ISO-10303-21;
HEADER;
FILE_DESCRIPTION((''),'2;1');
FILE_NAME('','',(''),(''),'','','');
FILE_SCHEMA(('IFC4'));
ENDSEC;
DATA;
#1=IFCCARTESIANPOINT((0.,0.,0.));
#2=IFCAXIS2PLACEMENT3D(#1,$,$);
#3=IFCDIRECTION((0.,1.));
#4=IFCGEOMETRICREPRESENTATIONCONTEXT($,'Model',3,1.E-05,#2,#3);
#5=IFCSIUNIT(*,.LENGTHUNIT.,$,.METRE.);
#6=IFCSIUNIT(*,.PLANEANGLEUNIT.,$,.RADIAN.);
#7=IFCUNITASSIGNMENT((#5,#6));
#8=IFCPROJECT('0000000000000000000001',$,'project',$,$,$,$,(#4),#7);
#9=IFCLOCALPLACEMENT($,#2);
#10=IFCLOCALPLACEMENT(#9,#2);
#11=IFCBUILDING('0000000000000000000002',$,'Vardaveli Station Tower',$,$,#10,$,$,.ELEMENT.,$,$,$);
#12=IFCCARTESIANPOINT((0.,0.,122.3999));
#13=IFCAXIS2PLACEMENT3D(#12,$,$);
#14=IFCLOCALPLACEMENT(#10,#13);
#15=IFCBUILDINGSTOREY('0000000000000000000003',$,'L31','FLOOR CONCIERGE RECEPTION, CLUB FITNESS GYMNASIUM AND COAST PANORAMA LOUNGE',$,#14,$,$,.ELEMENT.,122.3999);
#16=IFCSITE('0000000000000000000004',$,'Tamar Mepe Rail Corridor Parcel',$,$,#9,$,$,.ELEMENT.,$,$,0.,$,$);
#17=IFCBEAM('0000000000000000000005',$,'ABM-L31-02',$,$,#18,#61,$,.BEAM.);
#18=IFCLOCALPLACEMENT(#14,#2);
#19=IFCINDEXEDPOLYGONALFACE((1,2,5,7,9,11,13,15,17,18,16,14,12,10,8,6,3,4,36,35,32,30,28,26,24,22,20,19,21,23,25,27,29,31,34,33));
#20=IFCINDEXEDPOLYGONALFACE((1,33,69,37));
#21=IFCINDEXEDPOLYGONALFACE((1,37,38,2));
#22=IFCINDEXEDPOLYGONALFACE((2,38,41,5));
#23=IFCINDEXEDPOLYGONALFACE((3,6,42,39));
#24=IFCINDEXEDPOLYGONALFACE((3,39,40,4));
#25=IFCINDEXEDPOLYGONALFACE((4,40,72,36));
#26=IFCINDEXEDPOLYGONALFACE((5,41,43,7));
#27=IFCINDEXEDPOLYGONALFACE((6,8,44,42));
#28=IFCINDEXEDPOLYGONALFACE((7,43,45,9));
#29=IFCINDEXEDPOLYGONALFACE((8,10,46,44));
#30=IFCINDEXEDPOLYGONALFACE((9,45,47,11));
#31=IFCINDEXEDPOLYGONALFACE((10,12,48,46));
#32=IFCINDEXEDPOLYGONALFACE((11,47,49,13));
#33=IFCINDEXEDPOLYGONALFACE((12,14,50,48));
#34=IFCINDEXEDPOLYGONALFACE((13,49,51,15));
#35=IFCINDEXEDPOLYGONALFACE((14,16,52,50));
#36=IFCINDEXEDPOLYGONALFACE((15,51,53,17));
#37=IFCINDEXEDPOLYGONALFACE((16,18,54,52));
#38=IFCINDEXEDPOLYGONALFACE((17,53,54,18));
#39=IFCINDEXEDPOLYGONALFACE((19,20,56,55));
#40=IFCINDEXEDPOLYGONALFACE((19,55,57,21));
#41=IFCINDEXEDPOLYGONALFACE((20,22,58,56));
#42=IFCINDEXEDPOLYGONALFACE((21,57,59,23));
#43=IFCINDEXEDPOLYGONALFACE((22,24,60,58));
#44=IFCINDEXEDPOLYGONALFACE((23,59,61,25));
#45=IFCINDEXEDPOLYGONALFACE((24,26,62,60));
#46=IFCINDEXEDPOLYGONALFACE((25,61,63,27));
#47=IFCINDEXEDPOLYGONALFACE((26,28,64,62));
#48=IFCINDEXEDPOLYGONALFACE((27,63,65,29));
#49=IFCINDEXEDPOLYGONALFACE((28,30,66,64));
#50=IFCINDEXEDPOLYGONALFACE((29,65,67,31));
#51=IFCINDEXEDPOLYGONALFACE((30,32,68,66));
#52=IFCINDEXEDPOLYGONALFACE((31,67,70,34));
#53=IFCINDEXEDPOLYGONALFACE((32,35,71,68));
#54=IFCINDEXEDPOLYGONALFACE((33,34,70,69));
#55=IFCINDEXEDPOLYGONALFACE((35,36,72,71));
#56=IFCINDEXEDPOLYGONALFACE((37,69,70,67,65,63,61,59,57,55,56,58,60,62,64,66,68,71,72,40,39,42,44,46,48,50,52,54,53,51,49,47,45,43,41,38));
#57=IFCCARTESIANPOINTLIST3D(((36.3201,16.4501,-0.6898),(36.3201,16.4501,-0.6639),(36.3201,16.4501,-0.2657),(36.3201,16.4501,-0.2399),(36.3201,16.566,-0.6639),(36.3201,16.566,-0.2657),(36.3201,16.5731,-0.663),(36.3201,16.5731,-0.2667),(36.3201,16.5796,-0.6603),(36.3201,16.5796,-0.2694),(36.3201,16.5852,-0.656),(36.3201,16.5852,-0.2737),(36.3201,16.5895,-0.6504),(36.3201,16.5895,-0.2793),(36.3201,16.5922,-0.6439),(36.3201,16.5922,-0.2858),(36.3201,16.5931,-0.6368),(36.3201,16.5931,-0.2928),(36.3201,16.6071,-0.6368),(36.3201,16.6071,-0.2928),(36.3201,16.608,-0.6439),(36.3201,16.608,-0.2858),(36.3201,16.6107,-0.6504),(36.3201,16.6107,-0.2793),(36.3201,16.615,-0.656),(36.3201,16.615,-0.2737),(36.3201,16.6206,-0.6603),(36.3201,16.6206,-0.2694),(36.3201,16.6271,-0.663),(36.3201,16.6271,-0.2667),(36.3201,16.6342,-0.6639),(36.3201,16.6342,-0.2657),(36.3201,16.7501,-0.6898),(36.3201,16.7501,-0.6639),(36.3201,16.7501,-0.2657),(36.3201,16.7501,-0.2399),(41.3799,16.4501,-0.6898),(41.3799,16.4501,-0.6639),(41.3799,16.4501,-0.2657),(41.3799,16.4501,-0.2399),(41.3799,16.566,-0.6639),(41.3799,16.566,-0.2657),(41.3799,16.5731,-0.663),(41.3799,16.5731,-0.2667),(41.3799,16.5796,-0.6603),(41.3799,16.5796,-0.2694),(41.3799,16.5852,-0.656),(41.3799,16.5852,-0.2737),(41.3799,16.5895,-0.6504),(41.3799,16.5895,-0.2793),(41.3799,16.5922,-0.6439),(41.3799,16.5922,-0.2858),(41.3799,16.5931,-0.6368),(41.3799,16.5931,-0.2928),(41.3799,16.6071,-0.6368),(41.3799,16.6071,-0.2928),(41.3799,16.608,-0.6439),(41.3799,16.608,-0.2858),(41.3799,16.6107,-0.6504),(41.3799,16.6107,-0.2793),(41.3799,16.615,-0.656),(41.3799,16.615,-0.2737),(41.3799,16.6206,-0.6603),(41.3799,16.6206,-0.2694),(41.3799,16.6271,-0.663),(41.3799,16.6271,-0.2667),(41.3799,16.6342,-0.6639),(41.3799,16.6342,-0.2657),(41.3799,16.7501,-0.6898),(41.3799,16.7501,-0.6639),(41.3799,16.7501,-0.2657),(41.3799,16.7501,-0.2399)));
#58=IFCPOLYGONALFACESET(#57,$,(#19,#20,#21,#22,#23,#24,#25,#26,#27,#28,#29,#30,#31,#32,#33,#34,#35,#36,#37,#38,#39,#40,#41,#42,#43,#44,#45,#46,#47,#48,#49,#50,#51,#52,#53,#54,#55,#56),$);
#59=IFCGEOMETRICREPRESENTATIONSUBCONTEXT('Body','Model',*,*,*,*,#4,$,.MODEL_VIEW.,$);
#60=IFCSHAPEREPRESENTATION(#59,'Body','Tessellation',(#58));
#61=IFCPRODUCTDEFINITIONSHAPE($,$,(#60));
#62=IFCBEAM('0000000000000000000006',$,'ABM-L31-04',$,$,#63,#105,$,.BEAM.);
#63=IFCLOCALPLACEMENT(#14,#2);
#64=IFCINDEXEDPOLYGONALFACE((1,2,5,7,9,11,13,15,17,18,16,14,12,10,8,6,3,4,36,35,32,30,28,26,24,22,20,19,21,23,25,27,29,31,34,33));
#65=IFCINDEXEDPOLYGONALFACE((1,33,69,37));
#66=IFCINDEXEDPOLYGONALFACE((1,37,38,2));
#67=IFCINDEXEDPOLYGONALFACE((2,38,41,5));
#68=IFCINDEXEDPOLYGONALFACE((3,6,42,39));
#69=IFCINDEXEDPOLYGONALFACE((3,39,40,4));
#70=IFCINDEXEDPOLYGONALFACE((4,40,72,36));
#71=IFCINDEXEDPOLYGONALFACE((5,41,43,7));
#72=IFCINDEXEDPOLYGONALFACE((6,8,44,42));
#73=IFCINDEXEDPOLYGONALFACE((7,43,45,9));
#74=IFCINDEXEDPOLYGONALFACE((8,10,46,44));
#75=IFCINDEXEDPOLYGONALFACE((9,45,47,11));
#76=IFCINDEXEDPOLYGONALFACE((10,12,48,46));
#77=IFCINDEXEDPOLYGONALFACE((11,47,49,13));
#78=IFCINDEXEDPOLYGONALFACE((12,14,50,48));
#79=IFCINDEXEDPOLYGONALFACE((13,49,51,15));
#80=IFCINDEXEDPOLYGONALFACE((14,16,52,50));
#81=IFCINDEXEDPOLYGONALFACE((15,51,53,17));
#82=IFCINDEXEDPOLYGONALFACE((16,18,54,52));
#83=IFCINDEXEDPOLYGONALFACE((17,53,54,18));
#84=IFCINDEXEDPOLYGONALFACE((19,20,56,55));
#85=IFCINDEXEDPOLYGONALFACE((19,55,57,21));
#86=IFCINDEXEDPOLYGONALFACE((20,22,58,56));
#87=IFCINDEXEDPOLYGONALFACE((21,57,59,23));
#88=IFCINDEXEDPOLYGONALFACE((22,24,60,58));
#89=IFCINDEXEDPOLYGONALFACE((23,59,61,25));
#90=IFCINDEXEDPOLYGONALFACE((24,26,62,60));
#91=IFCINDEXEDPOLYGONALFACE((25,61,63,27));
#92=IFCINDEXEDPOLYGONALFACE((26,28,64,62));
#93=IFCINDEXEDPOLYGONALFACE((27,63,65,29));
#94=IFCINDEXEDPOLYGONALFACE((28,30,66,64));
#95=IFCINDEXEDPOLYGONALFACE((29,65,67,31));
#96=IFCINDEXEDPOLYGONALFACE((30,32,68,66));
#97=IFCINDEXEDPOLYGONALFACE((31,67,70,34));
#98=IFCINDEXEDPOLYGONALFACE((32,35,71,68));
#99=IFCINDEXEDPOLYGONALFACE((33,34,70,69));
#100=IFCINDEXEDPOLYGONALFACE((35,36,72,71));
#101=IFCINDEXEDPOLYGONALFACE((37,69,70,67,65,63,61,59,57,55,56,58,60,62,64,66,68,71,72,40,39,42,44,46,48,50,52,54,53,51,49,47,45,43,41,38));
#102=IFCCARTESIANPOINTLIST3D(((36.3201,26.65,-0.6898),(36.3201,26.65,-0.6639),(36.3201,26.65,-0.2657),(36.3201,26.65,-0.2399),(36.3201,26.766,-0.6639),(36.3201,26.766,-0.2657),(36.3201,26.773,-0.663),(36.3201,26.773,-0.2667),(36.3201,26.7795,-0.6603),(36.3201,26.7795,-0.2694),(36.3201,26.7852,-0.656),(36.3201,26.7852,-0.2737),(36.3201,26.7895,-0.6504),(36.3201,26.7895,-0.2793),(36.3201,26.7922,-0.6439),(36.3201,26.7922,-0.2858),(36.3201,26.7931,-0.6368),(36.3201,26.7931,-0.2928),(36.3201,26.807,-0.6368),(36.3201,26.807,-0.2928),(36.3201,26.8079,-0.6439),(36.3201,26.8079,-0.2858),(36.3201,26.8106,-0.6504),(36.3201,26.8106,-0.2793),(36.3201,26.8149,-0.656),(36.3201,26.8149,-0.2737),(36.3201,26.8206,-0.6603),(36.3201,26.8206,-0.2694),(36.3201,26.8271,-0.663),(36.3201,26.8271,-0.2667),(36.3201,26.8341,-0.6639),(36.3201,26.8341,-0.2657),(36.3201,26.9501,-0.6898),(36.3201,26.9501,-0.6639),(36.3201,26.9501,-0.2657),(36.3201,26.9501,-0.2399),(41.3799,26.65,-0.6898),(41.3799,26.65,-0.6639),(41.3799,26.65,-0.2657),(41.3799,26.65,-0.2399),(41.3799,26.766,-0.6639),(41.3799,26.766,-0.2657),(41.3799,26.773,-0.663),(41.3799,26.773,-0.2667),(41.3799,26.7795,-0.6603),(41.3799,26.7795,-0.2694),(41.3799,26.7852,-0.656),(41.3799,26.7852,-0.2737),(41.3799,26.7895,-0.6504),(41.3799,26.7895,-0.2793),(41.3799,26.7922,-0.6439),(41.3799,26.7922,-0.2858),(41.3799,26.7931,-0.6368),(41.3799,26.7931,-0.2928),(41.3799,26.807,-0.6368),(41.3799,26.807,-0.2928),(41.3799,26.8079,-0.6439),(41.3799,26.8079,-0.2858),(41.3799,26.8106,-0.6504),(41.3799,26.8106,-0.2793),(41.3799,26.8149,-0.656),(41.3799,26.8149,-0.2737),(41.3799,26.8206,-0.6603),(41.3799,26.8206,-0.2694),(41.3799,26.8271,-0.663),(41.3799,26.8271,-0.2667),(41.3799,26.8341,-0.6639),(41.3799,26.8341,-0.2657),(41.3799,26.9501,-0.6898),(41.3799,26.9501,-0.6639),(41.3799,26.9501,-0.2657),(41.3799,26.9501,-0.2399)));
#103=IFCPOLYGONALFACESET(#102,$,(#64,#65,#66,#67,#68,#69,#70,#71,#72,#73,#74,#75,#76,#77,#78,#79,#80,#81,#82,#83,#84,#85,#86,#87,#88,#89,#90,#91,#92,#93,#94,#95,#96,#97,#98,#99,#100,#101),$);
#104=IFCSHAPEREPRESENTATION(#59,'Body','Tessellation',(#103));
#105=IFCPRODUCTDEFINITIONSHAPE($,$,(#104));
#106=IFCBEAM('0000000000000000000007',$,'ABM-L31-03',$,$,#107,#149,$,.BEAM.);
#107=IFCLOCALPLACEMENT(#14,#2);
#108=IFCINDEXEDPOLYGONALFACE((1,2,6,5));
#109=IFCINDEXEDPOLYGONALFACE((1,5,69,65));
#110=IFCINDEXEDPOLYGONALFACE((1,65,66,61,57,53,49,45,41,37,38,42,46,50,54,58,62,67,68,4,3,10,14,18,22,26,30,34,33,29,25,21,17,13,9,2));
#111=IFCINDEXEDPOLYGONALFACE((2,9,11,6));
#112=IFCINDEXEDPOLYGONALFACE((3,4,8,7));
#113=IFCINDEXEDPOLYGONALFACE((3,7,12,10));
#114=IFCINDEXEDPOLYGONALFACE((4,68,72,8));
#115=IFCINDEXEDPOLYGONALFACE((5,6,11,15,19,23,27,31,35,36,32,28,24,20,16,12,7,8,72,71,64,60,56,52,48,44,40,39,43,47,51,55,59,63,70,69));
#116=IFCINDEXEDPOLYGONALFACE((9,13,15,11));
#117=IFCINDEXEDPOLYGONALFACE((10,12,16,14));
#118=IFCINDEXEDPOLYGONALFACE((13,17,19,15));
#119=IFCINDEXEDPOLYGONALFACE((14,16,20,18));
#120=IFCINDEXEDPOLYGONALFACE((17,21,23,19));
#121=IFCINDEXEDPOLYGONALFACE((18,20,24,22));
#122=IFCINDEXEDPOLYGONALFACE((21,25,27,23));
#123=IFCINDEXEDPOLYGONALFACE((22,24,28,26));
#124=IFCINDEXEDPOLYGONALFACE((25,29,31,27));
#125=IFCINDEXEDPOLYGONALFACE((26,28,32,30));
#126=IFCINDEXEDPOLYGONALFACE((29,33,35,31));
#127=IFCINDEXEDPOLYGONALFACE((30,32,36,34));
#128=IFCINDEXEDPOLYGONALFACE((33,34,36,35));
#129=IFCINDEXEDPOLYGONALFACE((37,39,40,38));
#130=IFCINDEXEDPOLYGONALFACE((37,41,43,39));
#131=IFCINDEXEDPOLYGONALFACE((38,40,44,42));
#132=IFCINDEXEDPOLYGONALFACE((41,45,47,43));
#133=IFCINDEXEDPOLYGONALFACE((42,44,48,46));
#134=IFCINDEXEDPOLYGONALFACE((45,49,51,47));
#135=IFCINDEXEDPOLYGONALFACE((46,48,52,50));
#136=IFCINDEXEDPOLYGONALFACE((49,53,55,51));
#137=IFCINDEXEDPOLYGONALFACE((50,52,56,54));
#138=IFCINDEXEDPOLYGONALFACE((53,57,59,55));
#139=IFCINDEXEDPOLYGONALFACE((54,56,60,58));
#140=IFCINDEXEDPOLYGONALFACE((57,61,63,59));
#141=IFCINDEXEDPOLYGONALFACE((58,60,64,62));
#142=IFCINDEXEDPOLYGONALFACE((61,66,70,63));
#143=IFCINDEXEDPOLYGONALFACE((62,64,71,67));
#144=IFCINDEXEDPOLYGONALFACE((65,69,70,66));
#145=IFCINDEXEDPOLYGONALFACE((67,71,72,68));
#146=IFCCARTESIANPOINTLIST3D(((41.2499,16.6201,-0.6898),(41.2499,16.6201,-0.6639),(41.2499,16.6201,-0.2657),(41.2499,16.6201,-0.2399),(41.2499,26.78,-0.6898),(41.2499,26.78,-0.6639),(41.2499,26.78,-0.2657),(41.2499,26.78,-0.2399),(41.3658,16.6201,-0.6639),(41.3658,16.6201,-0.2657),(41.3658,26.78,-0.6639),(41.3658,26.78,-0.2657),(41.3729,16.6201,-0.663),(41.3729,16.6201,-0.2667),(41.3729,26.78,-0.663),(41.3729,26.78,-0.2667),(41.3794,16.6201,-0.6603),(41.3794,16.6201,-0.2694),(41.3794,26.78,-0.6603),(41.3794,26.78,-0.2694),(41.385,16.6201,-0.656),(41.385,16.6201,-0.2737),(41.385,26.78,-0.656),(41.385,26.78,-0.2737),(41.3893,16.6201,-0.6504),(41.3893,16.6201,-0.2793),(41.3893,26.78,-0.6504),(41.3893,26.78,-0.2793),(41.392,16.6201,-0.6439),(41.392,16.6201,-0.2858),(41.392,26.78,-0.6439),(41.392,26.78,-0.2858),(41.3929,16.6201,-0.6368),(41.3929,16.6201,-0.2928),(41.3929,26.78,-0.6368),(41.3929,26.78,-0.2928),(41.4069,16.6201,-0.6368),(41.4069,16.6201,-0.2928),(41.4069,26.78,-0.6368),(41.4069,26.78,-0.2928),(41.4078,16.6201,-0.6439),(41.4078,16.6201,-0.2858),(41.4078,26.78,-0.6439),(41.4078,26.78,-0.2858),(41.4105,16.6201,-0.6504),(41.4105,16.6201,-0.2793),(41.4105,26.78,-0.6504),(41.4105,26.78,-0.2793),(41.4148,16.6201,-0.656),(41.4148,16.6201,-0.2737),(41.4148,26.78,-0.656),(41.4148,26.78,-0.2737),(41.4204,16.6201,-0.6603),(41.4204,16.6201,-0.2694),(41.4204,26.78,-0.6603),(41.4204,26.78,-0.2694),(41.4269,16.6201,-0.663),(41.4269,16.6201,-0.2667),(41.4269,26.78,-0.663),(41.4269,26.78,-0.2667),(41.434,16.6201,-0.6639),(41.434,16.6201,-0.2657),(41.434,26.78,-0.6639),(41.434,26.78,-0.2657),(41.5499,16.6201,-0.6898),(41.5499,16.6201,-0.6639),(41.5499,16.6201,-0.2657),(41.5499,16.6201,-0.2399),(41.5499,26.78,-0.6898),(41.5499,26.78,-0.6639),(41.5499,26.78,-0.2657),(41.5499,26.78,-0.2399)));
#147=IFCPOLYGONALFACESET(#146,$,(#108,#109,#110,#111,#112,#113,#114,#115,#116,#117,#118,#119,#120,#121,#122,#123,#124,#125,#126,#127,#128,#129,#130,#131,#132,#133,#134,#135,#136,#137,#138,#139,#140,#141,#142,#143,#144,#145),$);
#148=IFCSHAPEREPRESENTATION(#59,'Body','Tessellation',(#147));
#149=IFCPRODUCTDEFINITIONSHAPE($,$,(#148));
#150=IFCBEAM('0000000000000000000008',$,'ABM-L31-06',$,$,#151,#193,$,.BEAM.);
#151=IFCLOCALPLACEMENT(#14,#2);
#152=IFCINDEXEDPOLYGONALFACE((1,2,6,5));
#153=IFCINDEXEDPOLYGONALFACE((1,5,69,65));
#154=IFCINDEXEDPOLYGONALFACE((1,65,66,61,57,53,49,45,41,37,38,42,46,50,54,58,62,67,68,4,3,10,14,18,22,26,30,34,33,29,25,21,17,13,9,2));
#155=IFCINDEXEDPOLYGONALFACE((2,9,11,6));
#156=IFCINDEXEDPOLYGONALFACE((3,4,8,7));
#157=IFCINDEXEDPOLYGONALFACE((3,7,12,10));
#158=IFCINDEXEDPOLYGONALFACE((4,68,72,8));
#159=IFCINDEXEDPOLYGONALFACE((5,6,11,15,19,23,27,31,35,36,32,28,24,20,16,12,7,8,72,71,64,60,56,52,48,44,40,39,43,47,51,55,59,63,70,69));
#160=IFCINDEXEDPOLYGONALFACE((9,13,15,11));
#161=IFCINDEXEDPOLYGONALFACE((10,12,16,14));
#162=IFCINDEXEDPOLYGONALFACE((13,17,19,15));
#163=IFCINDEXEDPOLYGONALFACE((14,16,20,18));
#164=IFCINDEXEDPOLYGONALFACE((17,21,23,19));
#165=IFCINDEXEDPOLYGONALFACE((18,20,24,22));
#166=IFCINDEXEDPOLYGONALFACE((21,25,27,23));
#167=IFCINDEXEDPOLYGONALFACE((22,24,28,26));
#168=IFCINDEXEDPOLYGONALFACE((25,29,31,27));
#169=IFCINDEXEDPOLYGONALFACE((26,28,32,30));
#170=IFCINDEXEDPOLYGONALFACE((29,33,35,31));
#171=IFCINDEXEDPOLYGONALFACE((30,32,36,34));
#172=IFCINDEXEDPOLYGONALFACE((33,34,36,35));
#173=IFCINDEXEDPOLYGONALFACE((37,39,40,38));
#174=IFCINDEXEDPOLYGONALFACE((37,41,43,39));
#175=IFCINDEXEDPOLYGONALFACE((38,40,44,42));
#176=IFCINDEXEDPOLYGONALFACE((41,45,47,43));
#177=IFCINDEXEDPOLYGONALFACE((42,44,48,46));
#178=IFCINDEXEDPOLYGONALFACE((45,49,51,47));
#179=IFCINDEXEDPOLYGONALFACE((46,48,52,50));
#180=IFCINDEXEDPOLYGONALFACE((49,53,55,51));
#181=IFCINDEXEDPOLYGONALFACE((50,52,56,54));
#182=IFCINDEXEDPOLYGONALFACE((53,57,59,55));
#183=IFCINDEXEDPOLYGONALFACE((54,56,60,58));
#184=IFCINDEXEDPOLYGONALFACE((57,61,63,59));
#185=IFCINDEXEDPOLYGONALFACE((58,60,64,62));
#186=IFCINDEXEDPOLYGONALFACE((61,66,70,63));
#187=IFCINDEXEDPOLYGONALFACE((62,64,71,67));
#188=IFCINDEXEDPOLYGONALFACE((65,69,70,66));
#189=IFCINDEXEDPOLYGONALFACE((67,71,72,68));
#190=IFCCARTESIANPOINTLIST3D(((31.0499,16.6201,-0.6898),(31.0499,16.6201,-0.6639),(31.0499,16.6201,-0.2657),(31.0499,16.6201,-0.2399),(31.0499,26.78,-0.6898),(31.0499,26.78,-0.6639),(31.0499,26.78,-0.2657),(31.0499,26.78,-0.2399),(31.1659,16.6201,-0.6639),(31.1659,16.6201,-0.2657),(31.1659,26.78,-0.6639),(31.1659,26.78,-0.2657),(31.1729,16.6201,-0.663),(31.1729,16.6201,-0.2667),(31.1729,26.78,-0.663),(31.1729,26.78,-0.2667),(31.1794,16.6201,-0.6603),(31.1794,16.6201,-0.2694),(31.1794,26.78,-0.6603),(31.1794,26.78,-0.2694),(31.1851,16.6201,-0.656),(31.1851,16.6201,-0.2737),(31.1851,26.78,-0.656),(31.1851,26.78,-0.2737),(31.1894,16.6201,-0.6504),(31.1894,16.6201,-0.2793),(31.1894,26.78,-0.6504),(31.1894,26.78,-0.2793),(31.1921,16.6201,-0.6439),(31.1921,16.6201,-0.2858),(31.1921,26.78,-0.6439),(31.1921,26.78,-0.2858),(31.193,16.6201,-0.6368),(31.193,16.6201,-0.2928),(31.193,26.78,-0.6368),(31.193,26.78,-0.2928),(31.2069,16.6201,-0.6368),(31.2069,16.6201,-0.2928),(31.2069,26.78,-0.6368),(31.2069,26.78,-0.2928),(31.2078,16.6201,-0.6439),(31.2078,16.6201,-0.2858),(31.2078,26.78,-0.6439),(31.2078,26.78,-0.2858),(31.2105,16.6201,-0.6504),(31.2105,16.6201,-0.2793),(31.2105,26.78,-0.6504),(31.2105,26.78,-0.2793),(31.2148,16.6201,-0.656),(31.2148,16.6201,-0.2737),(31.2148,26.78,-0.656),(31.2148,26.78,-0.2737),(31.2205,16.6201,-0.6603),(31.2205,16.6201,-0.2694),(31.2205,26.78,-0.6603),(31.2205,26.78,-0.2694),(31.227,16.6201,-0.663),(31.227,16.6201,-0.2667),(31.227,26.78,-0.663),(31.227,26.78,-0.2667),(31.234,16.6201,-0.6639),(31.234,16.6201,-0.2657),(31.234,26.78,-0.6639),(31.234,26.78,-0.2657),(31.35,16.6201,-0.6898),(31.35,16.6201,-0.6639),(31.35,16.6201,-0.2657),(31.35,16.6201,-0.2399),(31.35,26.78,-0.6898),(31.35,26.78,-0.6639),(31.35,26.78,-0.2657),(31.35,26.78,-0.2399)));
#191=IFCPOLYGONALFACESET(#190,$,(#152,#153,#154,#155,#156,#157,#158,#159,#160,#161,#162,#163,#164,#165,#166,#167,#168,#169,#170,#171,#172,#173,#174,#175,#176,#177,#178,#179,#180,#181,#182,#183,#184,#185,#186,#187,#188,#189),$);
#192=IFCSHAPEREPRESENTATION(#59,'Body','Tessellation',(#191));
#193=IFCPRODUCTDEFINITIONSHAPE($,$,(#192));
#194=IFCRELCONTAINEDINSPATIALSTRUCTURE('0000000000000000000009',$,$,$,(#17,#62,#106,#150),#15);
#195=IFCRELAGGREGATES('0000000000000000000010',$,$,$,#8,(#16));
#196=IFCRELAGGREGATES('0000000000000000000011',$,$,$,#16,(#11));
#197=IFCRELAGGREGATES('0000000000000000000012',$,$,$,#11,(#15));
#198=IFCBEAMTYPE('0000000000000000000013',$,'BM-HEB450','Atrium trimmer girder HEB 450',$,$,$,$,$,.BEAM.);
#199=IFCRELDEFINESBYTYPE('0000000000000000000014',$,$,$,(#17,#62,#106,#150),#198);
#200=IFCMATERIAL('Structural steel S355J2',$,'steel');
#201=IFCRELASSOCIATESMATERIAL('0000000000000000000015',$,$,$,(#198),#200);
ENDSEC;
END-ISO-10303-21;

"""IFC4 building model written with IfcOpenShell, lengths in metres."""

from ifc_helpers import new_model, si_unit, direction, frame, origin, origin_2d, place, context, subcontext, project, spatial, i_section, extrude, source, transform, mapped, material, material_profile, profile_set, type_object, element, save


model = new_model("IFC4")

# Units and contexts
model_context = context("Model", 3, precision=1e-05, world=origin(), true_north=direction((0.0, 1.0)))
body_context = subcontext(model_context, "Body", "Model", "MODEL_VIEW")
ifc_project = project(units=[si_unit("LENGTHUNIT", "METRE"), si_unit("PLANEANGLEUNIT", "RADIAN")], contexts=[model_context])

# Site, building, storey
site_placement = place(None, origin())
site = spatial("IfcSite", under=ifc_project, at=site_placement, Name="Tamar Mepe Rail Corridor Parcel", CompositionType="ELEMENT", RefElevation=0.0)
building_placement = place(site_placement, origin())
building = spatial("IfcBuilding", under=site, at=building_placement, Name="Vardaveli Station Tower", CompositionType="ELEMENT")
storey_placement = place(building_placement, frame((0.0, 0.0, 122.3999)))
storey = spatial("IfcBuildingStorey", under=building, at=storey_placement, Name="L31", Description="FLOOR CONCIERGE RECEPTION, CLUB FITNESS GYMNASIUM AND COAST PANORAMA LOUNGE", CompositionType="ELEMENT", Elevation=122.3999)

# Beams
ifc_material_1 = material(Name="Structural steel S355J2", Category="steel")
ifc_material_profile_1 = material_profile(ifc_material_1, i_section(OverallWidth=0.3, OverallDepth=0.45, WebThickness=0.0139, FlangeThickness=0.0259, FilletRadius=0.0271, at=origin_2d()), Name="HEB 450")
ifc_profile_set_1 = profile_set([ifc_material_profile_1], Name="Structural steel S355J2")
beam_type_1 = type_object("IfcBeamType", Name="BM-HEB450", Description="Atrium trimmer girder HEB 450", PredefinedType="BEAM", material=ifc_profile_set_1)
shared_shape_1 = source(origin(), body_context, "Body", "SweptSolid", [
    extrude(i_section(OverallWidth=0.3, OverallDepth=0.45, WebThickness=0.0139, FlangeThickness=0.0259, FilletRadius=0.0271, at=origin_2d()), origin(), (0.0, 0.0, 1.0), 5.0598),
])
for number, where, z_axis, x_axis, name in (
    (1, (36.3201, 16.6001, -0.4648), (1.0, 0.0, 0.0), (0.0, 1.0, 0.0), "ABM-L31-02"),
    (2, (41.3799, 26.8, -0.4648), (-1.0, 0.0, 0.0), (0.0, -1.0, 0.0), "ABM-L31-04"),
):
    element("IfcBeam", number, at=place(storey_placement, frame(where, z_axis=z_axis, x_axis=x_axis)), inside=storey, type_object=beam_type_1, Name=name, PredefinedType="BEAM", context=body_context, shape_type="MappedRepresentation", body=[
        mapped(shared_shape_1, transform((0.0, 0.0, 0.0), scale=1.0)),
    ])
shared_shape_2 = source(origin(), body_context, "Body", "SweptSolid", [
    extrude(i_section(OverallWidth=0.3, OverallDepth=0.45, WebThickness=0.0139, FlangeThickness=0.0259, FilletRadius=0.0271, at=origin_2d()), origin(), (0.0, 0.0, 1.0), 10.1599),
])
for number, where, z_axis, x_axis, name in (
    (3, (41.3999, 16.6201, -0.4648), (0.0, 1.0, 0.0), (-1.0, 0.0, 0.0), "ABM-L31-03"),
    (4, (31.2, 26.78, -0.4648), (0.0, -1.0, 0.0), (1.0, 0.0, 0.0), "ABM-L31-06"),
):
    element("IfcBeam", number, at=place(storey_placement, frame(where, z_axis=z_axis, x_axis=x_axis)), inside=storey, type_object=beam_type_1, Name=name, PredefinedType="BEAM", context=body_context, shape_type="MappedRepresentation", body=[
        mapped(shared_shape_2, transform((0.0, 0.0, 0.0), scale=1.0)),
    ])

save(model, "model.ifc")
